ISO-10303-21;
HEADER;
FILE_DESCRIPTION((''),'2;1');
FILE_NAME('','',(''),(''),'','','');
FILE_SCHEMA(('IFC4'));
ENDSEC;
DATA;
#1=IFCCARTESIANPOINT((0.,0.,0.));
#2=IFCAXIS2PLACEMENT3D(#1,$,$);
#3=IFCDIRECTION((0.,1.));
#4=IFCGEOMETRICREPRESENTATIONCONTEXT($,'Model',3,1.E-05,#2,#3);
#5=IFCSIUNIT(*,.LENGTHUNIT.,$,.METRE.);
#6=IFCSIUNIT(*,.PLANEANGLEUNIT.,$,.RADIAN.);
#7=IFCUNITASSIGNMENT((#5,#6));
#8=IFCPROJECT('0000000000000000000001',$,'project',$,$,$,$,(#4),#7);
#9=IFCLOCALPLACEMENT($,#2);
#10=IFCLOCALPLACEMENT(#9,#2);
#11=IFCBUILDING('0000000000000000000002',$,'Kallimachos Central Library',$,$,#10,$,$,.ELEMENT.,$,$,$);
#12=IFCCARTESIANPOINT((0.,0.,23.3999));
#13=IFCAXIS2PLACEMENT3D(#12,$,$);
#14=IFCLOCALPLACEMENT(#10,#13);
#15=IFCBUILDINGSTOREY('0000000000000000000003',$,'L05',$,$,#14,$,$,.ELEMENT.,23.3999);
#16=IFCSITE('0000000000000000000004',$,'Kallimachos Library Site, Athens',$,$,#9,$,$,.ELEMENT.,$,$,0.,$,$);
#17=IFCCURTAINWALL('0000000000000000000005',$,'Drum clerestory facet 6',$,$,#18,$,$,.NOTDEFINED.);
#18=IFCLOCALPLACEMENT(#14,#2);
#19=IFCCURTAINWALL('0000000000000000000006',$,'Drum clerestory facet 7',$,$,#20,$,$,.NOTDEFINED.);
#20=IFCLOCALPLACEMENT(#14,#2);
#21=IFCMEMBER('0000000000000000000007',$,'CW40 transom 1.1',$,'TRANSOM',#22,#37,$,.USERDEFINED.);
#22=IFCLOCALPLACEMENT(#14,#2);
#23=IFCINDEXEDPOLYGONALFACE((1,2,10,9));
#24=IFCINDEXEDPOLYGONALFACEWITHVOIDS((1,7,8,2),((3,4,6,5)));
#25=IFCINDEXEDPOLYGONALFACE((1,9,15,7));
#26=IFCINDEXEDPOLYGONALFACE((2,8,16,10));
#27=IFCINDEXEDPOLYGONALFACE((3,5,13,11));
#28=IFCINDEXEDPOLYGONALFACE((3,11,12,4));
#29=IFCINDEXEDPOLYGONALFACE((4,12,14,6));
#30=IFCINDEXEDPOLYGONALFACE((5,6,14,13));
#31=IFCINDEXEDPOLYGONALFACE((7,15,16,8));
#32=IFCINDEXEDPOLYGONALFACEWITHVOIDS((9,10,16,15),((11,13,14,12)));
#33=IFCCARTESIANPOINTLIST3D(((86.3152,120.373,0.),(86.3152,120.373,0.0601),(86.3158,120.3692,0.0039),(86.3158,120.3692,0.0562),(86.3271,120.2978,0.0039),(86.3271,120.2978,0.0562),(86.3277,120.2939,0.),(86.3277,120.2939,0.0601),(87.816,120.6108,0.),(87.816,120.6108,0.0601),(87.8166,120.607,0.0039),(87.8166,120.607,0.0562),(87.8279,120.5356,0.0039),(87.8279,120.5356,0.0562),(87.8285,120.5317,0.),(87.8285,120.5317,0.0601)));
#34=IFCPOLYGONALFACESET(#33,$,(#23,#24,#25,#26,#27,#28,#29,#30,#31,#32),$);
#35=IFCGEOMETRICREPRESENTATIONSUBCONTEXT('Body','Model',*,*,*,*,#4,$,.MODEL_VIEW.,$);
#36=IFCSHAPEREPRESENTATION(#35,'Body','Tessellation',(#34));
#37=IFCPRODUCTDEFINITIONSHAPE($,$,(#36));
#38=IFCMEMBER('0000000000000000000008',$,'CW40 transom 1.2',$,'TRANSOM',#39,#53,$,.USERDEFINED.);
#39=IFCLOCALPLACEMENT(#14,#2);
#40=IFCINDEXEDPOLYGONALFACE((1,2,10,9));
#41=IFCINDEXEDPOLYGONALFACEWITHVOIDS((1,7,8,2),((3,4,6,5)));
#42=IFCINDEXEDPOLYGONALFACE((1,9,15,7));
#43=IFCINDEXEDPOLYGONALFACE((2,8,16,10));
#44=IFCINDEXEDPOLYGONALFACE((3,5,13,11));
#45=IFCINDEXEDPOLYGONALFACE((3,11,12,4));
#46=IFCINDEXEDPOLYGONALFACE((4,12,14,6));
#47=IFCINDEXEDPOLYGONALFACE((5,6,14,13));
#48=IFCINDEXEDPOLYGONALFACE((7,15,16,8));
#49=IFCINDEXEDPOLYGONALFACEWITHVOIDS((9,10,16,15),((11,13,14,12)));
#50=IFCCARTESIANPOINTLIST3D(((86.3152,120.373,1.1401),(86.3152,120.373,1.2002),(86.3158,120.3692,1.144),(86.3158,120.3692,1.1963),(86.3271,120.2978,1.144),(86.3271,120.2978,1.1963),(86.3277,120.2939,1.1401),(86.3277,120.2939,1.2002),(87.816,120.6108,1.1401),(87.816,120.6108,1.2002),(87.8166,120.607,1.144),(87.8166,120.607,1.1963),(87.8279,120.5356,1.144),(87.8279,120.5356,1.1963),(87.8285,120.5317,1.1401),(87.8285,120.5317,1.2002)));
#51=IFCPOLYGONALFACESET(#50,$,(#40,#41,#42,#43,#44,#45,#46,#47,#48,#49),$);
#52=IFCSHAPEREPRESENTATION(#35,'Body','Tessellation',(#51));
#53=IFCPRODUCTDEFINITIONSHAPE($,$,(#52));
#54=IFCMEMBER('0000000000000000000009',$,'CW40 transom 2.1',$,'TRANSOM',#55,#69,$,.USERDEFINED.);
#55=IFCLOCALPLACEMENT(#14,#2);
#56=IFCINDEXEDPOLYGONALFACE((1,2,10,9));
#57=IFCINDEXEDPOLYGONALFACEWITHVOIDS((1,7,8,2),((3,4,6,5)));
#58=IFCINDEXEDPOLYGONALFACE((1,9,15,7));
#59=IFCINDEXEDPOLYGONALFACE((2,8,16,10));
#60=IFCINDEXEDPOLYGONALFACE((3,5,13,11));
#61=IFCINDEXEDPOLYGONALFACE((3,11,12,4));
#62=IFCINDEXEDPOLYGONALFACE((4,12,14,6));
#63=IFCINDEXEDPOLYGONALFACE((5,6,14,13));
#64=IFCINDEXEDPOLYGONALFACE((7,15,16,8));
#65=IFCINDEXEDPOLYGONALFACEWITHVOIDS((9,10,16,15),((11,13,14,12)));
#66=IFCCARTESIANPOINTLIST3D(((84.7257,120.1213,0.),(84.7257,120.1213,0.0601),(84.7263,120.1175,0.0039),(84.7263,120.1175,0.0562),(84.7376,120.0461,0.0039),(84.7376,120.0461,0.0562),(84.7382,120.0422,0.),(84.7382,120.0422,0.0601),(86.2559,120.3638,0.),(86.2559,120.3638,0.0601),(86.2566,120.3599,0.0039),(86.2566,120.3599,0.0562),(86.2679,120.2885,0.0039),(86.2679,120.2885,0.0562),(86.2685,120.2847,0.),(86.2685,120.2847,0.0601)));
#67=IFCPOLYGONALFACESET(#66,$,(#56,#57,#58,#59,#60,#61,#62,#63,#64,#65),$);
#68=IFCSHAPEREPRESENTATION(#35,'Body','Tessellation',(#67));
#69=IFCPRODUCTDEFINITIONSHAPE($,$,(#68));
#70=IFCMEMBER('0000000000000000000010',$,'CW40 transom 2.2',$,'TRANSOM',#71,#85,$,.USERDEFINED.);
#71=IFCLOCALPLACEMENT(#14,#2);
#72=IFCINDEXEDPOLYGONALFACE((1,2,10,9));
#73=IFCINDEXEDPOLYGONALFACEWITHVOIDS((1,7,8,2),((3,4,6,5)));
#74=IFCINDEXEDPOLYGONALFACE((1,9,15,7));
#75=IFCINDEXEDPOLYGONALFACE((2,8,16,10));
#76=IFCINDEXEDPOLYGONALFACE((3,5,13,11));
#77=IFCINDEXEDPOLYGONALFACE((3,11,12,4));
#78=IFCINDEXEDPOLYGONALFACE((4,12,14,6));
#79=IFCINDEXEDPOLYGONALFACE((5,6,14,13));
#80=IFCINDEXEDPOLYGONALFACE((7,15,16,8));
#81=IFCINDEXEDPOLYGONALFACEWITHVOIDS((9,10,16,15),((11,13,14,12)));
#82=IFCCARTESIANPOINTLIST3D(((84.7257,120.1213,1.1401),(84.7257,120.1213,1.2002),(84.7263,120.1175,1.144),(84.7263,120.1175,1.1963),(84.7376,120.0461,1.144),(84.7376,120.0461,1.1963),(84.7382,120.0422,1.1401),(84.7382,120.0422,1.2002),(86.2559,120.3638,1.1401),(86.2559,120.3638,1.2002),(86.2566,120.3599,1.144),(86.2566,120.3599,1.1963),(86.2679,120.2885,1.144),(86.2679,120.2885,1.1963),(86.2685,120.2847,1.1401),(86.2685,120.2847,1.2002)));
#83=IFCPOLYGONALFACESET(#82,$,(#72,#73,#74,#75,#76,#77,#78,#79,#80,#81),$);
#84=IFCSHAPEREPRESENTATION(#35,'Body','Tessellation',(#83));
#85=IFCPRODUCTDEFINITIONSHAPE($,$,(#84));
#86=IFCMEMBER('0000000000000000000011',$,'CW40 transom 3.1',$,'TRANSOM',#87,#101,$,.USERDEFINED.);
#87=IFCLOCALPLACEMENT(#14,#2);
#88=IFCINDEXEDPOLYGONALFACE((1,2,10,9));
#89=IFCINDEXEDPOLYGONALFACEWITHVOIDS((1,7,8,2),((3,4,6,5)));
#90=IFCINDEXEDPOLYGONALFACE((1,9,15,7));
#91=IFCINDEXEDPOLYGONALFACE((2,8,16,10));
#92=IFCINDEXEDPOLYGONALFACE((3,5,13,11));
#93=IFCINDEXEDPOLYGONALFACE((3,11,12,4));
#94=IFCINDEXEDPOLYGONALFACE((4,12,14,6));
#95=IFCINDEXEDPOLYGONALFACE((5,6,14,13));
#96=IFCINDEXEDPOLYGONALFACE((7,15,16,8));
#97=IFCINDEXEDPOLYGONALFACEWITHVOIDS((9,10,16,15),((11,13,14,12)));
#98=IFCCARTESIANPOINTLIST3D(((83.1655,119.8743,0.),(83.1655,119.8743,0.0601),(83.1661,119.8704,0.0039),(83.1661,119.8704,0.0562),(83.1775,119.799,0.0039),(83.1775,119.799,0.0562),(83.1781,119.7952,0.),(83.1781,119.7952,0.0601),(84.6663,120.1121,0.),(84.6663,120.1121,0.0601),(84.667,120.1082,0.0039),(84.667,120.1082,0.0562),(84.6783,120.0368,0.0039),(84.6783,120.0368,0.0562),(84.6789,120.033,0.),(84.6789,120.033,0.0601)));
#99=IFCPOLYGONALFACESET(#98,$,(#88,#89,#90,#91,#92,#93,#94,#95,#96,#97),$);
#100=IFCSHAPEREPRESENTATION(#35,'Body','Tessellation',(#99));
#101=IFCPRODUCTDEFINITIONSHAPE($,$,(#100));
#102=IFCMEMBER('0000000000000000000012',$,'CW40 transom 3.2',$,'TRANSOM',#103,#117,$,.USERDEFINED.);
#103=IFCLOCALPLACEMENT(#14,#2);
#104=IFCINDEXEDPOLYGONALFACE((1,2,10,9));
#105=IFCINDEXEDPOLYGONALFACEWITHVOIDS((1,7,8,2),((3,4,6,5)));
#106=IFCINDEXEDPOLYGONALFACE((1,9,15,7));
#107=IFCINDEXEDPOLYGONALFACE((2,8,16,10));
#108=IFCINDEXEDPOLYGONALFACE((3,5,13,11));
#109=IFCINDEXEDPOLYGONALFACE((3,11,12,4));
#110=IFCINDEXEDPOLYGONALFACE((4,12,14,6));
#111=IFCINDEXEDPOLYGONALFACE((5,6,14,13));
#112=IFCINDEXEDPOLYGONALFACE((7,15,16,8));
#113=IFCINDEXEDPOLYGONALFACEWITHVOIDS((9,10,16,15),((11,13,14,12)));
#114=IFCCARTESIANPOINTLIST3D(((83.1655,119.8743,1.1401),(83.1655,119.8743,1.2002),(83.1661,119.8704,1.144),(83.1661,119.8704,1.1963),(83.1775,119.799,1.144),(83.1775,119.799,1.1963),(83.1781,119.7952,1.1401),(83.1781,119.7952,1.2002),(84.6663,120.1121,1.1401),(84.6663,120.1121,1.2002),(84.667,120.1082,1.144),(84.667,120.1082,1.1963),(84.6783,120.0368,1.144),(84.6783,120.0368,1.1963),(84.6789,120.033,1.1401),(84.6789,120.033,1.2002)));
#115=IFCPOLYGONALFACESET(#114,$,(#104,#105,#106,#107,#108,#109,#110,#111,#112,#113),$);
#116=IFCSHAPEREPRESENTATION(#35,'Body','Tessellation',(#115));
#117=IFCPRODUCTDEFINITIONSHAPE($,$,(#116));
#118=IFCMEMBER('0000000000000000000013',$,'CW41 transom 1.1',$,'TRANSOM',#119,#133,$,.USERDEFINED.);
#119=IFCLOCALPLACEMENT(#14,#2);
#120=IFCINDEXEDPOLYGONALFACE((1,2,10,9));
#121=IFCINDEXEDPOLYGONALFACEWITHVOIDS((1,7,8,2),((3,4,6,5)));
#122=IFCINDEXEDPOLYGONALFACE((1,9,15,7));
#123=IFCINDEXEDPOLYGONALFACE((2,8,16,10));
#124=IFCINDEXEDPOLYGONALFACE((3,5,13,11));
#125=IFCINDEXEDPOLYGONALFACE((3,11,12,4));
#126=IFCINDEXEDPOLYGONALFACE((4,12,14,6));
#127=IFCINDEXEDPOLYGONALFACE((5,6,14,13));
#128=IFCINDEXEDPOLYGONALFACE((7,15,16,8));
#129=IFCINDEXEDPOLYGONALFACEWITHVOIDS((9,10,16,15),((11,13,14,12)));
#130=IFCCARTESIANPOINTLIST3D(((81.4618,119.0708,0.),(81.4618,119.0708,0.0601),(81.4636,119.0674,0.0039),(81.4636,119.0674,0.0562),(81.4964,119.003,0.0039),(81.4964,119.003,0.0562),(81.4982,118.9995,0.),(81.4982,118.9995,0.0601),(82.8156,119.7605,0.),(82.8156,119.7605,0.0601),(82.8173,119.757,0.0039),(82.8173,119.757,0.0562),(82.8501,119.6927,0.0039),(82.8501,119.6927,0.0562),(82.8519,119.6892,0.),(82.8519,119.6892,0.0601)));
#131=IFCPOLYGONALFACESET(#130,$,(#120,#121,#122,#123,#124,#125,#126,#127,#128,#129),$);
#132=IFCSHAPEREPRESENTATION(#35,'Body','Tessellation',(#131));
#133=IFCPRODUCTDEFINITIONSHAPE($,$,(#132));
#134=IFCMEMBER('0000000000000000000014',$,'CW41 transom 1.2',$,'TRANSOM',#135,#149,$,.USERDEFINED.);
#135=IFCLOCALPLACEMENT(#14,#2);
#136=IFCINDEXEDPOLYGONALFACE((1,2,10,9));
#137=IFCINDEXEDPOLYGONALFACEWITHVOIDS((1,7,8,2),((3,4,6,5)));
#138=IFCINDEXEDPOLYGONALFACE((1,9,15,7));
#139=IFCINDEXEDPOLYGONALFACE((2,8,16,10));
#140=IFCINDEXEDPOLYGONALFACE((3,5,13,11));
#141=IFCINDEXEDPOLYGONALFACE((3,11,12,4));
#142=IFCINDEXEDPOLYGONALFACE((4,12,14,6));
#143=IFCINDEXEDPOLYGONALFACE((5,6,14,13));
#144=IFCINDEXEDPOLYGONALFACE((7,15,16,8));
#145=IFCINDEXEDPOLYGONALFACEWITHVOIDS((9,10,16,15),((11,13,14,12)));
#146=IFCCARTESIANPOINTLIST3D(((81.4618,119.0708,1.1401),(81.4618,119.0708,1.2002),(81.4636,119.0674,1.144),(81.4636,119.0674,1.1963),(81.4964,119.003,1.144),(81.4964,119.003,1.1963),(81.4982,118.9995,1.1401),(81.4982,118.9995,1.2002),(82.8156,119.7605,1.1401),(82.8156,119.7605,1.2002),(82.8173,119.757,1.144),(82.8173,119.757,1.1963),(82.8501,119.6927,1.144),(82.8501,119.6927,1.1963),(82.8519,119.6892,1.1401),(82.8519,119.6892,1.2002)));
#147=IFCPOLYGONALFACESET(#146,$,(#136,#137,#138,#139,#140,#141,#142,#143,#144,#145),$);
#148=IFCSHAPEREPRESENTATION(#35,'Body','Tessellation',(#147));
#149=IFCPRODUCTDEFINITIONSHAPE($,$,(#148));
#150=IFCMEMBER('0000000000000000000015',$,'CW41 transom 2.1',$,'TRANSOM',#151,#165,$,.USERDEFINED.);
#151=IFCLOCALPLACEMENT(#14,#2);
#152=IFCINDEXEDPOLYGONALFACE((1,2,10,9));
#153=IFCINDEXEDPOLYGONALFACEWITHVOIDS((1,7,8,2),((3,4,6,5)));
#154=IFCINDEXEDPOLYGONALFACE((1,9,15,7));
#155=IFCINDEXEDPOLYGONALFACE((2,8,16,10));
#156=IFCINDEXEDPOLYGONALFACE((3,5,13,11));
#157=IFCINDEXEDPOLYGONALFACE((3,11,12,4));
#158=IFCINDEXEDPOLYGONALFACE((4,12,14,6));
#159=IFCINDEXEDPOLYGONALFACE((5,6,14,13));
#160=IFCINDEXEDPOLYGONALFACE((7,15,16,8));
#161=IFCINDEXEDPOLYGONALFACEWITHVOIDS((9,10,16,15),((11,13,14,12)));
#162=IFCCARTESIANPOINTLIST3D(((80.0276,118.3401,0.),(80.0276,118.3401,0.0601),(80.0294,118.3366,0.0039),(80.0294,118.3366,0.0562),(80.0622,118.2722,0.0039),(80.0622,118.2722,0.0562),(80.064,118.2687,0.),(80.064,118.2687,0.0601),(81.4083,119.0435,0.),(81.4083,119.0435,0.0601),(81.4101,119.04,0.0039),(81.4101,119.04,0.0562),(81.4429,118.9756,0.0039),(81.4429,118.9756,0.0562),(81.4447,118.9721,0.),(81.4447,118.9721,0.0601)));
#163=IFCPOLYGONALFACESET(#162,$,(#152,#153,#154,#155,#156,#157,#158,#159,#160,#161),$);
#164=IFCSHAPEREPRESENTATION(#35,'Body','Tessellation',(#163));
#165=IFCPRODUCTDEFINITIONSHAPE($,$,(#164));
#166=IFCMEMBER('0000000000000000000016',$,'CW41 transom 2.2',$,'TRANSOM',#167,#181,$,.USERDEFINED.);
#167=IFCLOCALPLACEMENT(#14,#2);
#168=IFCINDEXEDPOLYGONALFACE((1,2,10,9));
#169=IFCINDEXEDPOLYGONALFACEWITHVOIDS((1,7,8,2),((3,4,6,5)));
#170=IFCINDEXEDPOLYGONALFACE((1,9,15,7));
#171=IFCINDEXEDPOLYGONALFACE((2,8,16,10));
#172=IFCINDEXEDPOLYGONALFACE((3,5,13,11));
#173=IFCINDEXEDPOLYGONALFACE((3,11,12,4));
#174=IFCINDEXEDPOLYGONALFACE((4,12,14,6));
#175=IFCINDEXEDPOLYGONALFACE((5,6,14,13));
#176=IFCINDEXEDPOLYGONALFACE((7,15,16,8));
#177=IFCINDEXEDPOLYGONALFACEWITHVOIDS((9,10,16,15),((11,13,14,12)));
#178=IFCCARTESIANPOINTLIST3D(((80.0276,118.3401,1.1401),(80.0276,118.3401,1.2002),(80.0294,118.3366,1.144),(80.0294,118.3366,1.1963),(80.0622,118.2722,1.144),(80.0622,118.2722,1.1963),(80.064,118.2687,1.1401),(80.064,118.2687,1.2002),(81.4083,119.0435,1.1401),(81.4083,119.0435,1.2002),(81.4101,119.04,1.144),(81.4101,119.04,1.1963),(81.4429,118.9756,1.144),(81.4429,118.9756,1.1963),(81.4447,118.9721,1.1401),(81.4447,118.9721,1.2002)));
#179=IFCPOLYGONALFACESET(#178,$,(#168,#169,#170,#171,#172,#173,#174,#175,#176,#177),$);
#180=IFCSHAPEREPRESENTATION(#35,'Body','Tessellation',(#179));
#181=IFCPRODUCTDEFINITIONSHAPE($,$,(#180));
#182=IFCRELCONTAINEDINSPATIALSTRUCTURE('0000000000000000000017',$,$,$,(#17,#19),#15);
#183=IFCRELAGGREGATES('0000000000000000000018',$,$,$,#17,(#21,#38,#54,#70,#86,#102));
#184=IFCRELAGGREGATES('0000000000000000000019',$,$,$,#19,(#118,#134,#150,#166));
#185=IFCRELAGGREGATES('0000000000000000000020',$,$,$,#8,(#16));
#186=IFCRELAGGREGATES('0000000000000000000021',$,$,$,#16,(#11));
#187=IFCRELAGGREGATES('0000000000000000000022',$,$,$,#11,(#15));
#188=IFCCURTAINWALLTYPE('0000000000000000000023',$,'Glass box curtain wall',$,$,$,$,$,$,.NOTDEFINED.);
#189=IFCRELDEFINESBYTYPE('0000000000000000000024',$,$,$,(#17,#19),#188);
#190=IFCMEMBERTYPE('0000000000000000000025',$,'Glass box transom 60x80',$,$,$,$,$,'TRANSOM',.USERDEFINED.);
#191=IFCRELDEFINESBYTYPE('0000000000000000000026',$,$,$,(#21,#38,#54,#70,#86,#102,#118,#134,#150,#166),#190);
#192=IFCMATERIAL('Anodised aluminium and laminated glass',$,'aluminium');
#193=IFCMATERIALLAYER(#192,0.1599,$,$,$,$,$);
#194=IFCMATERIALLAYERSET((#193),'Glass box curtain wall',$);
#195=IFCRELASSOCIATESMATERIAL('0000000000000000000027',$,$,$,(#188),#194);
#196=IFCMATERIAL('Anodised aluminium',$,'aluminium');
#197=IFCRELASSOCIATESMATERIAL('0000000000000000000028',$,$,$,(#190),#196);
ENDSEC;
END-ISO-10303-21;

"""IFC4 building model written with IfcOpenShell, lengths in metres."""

from ifc_helpers import new_model, si_unit, direction, frame, origin, origin_2d, place, context, subcontext, project, spatial, hollow_rectangle, extrude, material, layer, layer_set, material_profile, profile_set, type_object, element, aggregate, save


model = new_model("IFC4")

# Units and contexts
model_context = context("Model", 3, precision=1e-05, world=origin(), true_north=direction((0.0, 1.0)))
body_context = subcontext(model_context, "Body", "Model", "MODEL_VIEW")
ifc_project = project(units=[si_unit("LENGTHUNIT", "METRE"), si_unit("PLANEANGLEUNIT", "RADIAN")], contexts=[model_context])

# Site, building, storey
site_placement = place(None, origin())
site = spatial("IfcSite", under=ifc_project, at=site_placement, Name="Kallimachos Library Site, Athens", CompositionType="ELEMENT", RefElevation=0.0)
building_placement = place(site_placement, origin())
building = spatial("IfcBuilding", under=site, at=building_placement, Name="Kallimachos Central Library", CompositionType="ELEMENT")
storey_placement = place(building_placement, frame((0.0, 0.0, 23.3999)))
storey = spatial("IfcBuildingStorey", under=building, at=storey_placement, Name="L05", CompositionType="ELEMENT", Elevation=23.3999)

# Curtain walls
ifc_material_1 = material(Name="Anodised aluminium and laminated glass", Category="aluminium")
ifc_layer_1 = layer(ifc_material_1, 0.1599)
ifc_layer_set_1 = layer_set([ifc_layer_1], Name="Glass box curtain wall")
curtain_wall_type = type_object("IfcCurtainWallType", Name="Glass box curtain wall", PredefinedType="NOTDEFINED", material=ifc_layer_set_1)
curtain_wall_1_placement = place(storey_placement, origin())
curtain_wall_1 = element("IfcCurtainWall", 1, at=curtain_wall_1_placement, inside=storey, type_object=curtain_wall_type, Name="Drum clerestory facet 6", PredefinedType="NOTDEFINED")
curtain_wall_2_placement = place(storey_placement, origin())
curtain_wall_2 = element("IfcCurtainWall", 2, at=curtain_wall_2_placement, inside=storey, type_object=curtain_wall_type, Name="Drum clerestory facet 7", PredefinedType="NOTDEFINED")

# Members
ifc_material_2 = material(Name="Anodised aluminium", Category="aluminium")
ifc_material_profile_1 = material_profile(ifc_material_2, hollow_rectangle(XDim=0.0601, YDim=0.0801, WallThickness=0.0039, at=origin_2d()), Name="ALU TRANSOM 60x80")
ifc_profile_set_1 = profile_set([ifc_material_profile_1], Name="Anodised aluminium")
member_type_1 = type_object("IfcMemberType", Name="Glass box transom 60x80", ElementType="TRANSOM", PredefinedType="USERDEFINED", material=ifc_profile_set_1)
member_1_placement = place(storey_placement, frame((87.8223, 120.5713, 0.03), z_axis=(-0.987678, -0.156499, 0.0), x_axis=(0.0, 0.0, 1.0)))
member_1 = element("IfcMember", 3, at=member_1_placement, type_object=member_type_1, Name="CW40 transom 1.1", ObjectType="TRANSOM", PredefinedType="USERDEFINED", context=body_context, shape_type="SweptSolid", body=[
    extrude(hollow_rectangle(XDim=0.0601, YDim=0.0801, WallThickness=0.0039, at=origin_2d()), origin(), (0.0, 0.0, 1.0), 1.5195),
])
member_2_placement = place(storey_placement, frame((87.8223, 120.5713, 1.1702), z_axis=(-0.987678, -0.156499, 0.0), x_axis=(0.0, 0.0, 1.0)))
member_2 = element("IfcMember", 4, at=member_2_placement, type_object=member_type_1, Name="CW40 transom 1.2", ObjectType="TRANSOM", PredefinedType="USERDEFINED", context=body_context, shape_type="SweptSolid", body=[
    extrude(hollow_rectangle(XDim=0.0601, YDim=0.0801, WallThickness=0.0039, at=origin_2d()), origin(), (0.0, 0.0, 1.0), 1.5195),
])
member_3_placement = place(storey_placement, frame((86.2622, 120.3242, 0.03), z_axis=(-0.987682, -0.156472, 0.0), x_axis=(0.0, 0.0, 1.0)))
member_3 = element("IfcMember", 5, at=member_3_placement, type_object=member_type_1, Name="CW40 transom 2.1", ObjectType="TRANSOM", PredefinedType="USERDEFINED", context=body_context, shape_type="SweptSolid", body=[
    extrude(hollow_rectangle(XDim=0.0601, YDim=0.0801, WallThickness=0.0039, at=origin_2d()), origin(), (0.0, 0.0, 1.0), 1.5493),
])
member_4_placement = place(storey_placement, frame((86.2622, 120.3242, 1.1702), z_axis=(-0.987682, -0.156472, 0.0), x_axis=(0.0, 0.0, 1.0)))
member_4 = element("IfcMember", 6, at=member_4_placement, type_object=member_type_1, Name="CW40 transom 2.2", ObjectType="TRANSOM", PredefinedType="USERDEFINED", context=body_context, shape_type="SweptSolid", body=[
    extrude(hollow_rectangle(XDim=0.0601, YDim=0.0801, WallThickness=0.0039, at=origin_2d()), origin(), (0.0, 0.0, 1.0), 1.5493),
])
member_5_placement = place(storey_placement, frame((84.6726, 120.0725, 0.03), z_axis=(-0.987678, -0.156499, 0.0), x_axis=(0.0, 0.0, 1.0)))
member_5 = element("IfcMember", 7, at=member_5_placement, type_object=member_type_1, Name="CW40 transom 3.1", ObjectType="TRANSOM", PredefinedType="USERDEFINED", context=body_context, shape_type="SweptSolid", body=[
    extrude(hollow_rectangle(XDim=0.0601, YDim=0.0801, WallThickness=0.0039, at=origin_2d()), origin(), (0.0, 0.0, 1.0), 1.5195),
])
member_6_placement = place(storey_placement, frame((84.6726, 120.0725, 1.1702), z_axis=(-0.987678, -0.156499, 0.0), x_axis=(0.0, 0.0, 1.0)))
member_6 = element("IfcMember", 8, at=member_6_placement, type_object=member_type_1, Name="CW40 transom 3.2", ObjectType="TRANSOM", PredefinedType="USERDEFINED", context=body_context, shape_type="SweptSolid", body=[
    extrude(hollow_rectangle(XDim=0.0601, YDim=0.0801, WallThickness=0.0039, at=origin_2d()), origin(), (0.0, 0.0, 1.0), 1.5195),
])
member_7_placement = place(storey_placement, frame((82.8337, 119.7249, 0.03), z_axis=(-0.891027, -0.45395, 0.0), x_axis=(0.0, 0.0, 1.0)))
member_7 = element("IfcMember", 9, at=member_7_placement, type_object=member_type_1, Name="CW41 transom 1.1", ObjectType="TRANSOM", PredefinedType="USERDEFINED", context=body_context, shape_type="SweptSolid", body=[
    extrude(hollow_rectangle(XDim=0.0601, YDim=0.0801, WallThickness=0.0039, at=origin_2d()), origin(), (0.0, 0.0, 1.0), 1.5193),
])
member_8_placement = place(storey_placement, frame((82.8337, 119.7249, 1.1702), z_axis=(-0.891027, -0.45395, 0.0), x_axis=(0.0, 0.0, 1.0)))
member_8 = element("IfcMember", 10, at=member_8_placement, type_object=member_type_1, Name="CW41 transom 1.2", ObjectType="TRANSOM", PredefinedType="USERDEFINED", context=body_context, shape_type="SweptSolid", body=[
    extrude(hollow_rectangle(XDim=0.0601, YDim=0.0801, WallThickness=0.0039, at=origin_2d()), origin(), (0.0, 0.0, 1.0), 1.5193),
])
member_9_placement = place(storey_placement, frame((81.4265, 119.0078, 0.03), z_axis=(-0.89103, -0.453945, 0.0), x_axis=(0.0, 0.0, 1.0)))
member_9 = element("IfcMember", 11, at=member_9_placement, type_object=member_type_1, Name="CW41 transom 2.1", ObjectType="TRANSOM", PredefinedType="USERDEFINED", context=body_context, shape_type="SweptSolid", body=[
    extrude(hollow_rectangle(XDim=0.0601, YDim=0.0801, WallThickness=0.0039, at=origin_2d()), origin(), (0.0, 0.0, 1.0), 1.5496),
])
member_10_placement = place(storey_placement, frame((81.4265, 119.0078, 1.1702), z_axis=(-0.89103, -0.453945, 0.0), x_axis=(0.0, 0.0, 1.0)))
member_10 = element("IfcMember", 12, at=member_10_placement, type_object=member_type_1, Name="CW41 transom 2.2", ObjectType="TRANSOM", PredefinedType="USERDEFINED", context=body_context, shape_type="SweptSolid", body=[
    extrude(hollow_rectangle(XDim=0.0601, YDim=0.0801, WallThickness=0.0039, at=origin_2d()), origin(), (0.0, 0.0, 1.0), 1.5496),
])

aggregate(curtain_wall_1, [member_1, member_2, member_3, member_4, member_5, member_6])
aggregate(curtain_wall_2, [member_7, member_8, member_9, member_10])

save(model, "model.ifc")
